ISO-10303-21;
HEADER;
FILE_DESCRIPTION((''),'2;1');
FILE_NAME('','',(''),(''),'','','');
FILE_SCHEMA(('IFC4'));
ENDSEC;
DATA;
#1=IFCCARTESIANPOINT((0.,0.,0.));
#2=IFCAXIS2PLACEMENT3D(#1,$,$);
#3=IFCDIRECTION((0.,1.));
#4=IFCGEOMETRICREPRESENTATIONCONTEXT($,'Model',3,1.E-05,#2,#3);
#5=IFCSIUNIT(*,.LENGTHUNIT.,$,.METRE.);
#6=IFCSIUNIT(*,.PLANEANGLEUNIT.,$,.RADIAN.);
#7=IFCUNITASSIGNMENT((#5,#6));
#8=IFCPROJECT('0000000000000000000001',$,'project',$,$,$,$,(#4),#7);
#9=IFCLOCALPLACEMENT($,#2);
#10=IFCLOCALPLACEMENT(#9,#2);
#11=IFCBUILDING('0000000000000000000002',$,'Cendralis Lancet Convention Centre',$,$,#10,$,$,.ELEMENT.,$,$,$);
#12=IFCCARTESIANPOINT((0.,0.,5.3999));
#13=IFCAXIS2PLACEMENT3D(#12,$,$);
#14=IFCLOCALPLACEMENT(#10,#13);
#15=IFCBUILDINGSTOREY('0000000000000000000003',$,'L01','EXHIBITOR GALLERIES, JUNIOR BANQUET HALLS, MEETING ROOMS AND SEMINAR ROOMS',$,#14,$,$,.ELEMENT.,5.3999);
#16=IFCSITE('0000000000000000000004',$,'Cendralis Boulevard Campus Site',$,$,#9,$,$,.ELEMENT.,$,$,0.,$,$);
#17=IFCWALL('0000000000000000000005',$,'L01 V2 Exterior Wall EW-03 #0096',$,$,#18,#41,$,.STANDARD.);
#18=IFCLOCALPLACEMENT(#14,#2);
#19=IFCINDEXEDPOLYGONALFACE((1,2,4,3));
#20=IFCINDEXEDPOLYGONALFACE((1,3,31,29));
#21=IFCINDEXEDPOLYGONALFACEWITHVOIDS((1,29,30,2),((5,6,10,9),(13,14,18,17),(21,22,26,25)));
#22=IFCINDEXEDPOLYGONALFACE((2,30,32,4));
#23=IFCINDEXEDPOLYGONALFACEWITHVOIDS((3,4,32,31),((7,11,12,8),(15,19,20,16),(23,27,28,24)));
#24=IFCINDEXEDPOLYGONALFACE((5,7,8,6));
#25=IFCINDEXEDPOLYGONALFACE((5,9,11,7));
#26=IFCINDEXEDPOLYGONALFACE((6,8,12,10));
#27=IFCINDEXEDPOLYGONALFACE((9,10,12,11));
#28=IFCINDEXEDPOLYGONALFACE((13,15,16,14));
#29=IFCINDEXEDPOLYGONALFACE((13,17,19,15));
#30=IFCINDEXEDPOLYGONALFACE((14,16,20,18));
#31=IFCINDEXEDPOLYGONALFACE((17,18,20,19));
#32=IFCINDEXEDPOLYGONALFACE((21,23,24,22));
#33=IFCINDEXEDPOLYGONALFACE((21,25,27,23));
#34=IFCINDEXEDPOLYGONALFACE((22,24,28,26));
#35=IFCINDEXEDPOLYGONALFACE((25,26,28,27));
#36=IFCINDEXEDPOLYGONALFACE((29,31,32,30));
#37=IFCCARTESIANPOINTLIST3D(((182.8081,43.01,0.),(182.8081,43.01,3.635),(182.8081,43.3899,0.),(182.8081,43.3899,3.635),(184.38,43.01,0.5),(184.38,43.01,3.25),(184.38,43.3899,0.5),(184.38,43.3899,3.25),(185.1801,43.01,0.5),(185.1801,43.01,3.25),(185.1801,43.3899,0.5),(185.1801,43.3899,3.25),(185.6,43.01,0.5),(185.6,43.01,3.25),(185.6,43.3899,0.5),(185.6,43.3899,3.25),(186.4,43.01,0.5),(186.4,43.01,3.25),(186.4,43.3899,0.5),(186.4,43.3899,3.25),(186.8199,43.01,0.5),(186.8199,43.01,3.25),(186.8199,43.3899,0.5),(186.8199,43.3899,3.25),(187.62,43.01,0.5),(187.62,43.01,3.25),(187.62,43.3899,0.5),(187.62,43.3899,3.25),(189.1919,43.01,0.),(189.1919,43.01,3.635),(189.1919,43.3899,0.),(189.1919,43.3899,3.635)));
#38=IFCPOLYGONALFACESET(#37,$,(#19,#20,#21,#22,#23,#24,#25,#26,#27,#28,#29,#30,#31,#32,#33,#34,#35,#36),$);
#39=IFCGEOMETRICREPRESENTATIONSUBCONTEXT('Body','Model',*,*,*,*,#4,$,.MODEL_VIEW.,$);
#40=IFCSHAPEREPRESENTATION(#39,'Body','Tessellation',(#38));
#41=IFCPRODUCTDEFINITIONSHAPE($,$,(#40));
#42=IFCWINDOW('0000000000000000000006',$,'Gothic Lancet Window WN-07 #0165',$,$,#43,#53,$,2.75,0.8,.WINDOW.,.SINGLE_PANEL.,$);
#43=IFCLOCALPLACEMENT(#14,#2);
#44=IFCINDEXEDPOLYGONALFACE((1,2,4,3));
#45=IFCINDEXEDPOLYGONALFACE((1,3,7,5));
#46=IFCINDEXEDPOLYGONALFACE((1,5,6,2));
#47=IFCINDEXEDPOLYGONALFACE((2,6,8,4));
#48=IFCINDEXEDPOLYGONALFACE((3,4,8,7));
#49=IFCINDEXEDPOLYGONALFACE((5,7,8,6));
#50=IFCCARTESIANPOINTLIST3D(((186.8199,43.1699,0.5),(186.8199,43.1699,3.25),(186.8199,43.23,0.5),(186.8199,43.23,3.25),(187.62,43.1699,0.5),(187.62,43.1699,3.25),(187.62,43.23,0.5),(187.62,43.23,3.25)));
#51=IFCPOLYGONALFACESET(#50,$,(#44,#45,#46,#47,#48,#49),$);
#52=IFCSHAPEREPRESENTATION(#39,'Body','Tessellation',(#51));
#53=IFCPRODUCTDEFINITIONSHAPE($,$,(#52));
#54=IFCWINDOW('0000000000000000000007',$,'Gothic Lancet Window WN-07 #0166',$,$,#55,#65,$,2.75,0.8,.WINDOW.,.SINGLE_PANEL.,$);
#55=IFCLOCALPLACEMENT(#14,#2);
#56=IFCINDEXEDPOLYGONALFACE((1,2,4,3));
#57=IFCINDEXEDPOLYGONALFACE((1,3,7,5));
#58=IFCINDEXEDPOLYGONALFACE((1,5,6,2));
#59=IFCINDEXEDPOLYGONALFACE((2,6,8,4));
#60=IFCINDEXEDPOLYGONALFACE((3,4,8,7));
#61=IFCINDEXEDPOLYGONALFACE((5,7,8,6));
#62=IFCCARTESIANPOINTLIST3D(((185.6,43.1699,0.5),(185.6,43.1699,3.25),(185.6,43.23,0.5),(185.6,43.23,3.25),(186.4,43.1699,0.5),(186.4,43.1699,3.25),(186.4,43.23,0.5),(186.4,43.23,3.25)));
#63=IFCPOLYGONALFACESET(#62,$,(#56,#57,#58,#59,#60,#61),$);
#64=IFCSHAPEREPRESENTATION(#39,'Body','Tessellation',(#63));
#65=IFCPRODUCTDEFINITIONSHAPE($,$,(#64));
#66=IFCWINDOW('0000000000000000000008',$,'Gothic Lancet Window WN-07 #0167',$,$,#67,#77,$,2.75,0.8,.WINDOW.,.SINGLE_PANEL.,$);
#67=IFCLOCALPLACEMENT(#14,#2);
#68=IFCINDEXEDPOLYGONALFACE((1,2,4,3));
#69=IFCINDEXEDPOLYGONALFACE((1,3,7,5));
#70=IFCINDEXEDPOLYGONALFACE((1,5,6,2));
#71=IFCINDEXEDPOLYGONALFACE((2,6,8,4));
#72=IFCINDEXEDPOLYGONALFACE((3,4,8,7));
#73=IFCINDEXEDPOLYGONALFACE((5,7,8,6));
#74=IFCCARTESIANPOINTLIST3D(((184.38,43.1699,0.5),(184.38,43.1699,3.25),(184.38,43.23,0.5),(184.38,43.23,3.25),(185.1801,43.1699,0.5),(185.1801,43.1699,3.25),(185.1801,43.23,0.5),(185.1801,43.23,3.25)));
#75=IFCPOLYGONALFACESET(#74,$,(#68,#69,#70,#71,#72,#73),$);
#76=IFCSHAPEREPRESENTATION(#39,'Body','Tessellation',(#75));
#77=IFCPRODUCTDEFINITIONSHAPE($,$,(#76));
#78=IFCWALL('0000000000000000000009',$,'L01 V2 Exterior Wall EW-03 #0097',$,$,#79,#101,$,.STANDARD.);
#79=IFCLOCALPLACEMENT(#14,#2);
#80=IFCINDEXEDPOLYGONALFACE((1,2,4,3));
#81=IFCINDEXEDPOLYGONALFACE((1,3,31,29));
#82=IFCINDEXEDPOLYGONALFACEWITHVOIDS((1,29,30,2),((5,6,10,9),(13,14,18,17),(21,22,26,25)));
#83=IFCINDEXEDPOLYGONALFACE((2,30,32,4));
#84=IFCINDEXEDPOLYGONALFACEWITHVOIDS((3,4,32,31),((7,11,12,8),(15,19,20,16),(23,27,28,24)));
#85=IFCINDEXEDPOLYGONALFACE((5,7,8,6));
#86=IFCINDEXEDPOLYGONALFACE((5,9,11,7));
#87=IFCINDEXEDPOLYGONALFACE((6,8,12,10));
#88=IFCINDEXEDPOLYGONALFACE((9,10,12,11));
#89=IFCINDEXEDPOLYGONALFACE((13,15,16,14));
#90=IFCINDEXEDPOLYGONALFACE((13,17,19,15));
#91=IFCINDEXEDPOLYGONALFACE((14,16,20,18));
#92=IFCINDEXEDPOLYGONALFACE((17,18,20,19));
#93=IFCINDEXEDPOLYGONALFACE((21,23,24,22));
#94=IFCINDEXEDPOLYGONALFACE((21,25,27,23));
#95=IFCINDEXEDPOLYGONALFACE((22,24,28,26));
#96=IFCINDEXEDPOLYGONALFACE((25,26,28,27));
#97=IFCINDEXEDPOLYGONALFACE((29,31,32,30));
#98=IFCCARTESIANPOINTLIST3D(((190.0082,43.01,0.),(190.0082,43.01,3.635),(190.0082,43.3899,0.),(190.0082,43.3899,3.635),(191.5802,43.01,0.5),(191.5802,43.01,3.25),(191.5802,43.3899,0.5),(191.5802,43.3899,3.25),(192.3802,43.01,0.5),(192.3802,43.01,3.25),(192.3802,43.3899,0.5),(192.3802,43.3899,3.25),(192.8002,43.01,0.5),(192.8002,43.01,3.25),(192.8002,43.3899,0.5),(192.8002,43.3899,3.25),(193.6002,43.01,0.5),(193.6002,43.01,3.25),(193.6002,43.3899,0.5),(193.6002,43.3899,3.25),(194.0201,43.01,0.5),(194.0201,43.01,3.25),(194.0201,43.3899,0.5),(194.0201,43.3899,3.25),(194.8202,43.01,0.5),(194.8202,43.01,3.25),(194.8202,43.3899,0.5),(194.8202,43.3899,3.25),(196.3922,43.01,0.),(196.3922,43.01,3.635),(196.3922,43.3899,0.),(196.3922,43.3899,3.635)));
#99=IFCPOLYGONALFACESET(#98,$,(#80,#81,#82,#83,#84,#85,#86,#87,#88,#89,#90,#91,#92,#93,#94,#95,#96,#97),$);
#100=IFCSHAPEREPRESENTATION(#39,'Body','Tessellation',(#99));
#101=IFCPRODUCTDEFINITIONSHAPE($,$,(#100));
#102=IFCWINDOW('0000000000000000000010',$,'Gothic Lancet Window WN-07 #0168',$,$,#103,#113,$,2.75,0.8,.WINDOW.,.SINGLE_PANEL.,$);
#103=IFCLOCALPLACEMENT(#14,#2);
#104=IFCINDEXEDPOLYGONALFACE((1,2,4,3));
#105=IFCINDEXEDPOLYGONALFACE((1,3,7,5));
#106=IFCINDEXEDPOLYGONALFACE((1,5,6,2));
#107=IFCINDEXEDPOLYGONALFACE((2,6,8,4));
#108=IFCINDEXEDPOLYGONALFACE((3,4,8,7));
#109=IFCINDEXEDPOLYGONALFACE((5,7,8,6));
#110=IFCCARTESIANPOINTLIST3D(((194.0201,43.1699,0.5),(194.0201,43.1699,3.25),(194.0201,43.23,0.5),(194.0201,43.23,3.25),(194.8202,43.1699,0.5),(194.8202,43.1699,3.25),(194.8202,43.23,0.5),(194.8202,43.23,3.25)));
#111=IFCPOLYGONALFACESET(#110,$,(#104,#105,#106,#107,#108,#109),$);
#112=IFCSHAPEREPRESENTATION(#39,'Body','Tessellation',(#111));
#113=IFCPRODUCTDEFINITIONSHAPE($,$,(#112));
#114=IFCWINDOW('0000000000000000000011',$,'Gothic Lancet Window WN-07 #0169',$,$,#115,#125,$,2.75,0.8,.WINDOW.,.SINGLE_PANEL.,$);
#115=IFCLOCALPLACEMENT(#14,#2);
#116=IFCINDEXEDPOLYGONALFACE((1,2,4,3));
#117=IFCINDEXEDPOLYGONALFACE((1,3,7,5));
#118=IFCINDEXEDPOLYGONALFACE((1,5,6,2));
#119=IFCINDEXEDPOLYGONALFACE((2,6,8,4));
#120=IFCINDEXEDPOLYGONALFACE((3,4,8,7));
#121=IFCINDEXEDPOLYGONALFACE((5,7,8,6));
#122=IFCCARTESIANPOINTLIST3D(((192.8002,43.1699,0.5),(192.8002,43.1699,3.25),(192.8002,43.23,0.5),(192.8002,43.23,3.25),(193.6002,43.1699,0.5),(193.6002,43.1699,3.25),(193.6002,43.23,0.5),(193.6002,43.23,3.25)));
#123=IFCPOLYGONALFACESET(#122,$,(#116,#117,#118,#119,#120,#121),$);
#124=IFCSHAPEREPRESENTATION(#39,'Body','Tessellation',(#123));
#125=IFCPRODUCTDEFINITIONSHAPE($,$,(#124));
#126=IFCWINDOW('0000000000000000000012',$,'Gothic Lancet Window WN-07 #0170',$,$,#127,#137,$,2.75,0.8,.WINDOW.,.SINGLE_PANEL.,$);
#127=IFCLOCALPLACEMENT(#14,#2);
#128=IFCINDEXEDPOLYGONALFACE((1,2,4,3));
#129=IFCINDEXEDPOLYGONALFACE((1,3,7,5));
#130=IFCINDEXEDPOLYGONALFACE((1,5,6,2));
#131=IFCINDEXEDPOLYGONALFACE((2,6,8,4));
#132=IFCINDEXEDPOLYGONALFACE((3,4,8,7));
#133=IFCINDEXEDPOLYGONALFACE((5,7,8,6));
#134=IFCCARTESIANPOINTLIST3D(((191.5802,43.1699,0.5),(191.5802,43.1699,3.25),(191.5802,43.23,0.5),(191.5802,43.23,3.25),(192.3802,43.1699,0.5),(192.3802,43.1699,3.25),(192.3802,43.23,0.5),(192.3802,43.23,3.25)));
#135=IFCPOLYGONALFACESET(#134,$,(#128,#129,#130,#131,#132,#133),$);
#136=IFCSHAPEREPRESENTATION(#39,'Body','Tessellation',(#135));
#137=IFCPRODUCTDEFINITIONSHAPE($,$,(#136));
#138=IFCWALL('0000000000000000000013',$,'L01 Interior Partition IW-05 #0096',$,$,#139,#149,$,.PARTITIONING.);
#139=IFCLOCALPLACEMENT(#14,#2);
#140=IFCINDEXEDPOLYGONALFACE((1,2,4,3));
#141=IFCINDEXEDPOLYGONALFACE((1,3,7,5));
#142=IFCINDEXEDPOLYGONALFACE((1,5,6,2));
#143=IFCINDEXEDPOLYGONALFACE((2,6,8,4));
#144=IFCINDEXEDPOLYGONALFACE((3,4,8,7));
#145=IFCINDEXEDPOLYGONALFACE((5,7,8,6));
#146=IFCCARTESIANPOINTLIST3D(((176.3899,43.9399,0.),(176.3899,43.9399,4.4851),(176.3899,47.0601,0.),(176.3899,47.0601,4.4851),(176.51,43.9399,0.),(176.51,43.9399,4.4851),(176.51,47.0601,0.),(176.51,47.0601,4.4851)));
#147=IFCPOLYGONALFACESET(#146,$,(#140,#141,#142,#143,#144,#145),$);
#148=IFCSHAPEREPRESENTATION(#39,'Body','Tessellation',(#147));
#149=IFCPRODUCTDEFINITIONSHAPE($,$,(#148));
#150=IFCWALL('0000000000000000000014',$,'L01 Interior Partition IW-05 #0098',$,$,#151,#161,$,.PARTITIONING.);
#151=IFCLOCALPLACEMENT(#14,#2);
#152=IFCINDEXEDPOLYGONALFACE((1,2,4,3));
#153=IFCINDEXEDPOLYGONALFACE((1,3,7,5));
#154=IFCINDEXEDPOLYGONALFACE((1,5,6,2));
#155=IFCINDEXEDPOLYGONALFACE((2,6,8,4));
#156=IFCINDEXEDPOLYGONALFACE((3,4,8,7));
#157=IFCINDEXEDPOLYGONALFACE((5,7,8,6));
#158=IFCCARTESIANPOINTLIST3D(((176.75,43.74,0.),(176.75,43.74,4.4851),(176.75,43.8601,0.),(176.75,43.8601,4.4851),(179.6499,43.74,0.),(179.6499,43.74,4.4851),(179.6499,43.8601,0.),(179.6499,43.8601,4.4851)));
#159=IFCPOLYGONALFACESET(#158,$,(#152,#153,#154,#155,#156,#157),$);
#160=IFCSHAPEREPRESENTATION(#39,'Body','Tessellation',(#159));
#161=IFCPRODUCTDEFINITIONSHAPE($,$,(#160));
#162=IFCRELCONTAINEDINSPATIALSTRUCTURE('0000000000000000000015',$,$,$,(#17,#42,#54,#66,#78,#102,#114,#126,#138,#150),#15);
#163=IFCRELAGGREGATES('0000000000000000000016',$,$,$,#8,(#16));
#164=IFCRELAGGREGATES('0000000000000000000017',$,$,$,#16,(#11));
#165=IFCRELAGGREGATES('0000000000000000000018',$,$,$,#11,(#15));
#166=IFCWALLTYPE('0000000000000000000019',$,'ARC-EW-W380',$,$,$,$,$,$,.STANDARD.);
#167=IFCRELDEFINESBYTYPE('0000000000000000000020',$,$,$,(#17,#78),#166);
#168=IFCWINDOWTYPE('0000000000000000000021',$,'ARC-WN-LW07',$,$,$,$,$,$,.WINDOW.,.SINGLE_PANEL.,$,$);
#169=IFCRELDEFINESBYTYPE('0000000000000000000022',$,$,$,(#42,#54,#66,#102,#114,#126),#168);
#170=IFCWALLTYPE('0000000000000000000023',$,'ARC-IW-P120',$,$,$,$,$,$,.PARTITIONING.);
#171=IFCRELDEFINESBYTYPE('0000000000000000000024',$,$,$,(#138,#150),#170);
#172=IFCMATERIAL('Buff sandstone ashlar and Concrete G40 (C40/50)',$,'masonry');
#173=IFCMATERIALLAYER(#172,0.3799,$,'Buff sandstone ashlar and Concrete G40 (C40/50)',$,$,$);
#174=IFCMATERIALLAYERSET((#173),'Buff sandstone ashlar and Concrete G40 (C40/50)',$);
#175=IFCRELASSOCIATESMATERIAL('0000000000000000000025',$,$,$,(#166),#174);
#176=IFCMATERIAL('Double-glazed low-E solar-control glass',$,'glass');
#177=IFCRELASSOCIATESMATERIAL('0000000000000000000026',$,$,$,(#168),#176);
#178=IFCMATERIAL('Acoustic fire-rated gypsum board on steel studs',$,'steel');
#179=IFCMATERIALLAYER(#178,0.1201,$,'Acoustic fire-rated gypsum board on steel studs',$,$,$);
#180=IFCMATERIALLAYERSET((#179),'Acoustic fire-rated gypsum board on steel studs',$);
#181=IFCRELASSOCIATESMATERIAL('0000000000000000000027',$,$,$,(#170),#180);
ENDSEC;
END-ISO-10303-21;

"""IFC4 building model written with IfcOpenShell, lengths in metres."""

from ifc_helpers import new_model, si_unit, direction, frame, frame_2d, origin, place, context, subcontext, project, spatial, rectangle, extrude, material, layer, layer_set, type_object, element, fill, save


model = new_model("IFC4")

# Units and contexts
model_context = context("Model", 3, precision=1e-05, world=origin(), true_north=direction((0.0, 1.0)))
body_context = subcontext(model_context, "Body", "Model", "MODEL_VIEW")
ifc_project = project(units=[si_unit("LENGTHUNIT", "METRE"), si_unit("PLANEANGLEUNIT", "RADIAN")], contexts=[model_context])

# Site, building, storey
site_placement = place(None, origin())
site = spatial("IfcSite", under=ifc_project, at=site_placement, Name="Cendralis Boulevard Campus Site", CompositionType="ELEMENT", RefElevation=0.0)
building_placement = place(site_placement, origin())
building = spatial("IfcBuilding", under=site, at=building_placement, Name="Cendralis Lancet Convention Centre", CompositionType="ELEMENT")
storey_placement = place(building_placement, frame((0.0, 0.0, 5.3999)))
storey = spatial("IfcBuildingStorey", under=building, at=storey_placement, Name="L01", Description="EXHIBITOR GALLERIES, JUNIOR BANQUET HALLS, MEETING ROOMS AND SEMINAR ROOMS", CompositionType="ELEMENT", Elevation=5.3999)

# Walls, openings, windows
ifc_material_1 = material(Name="Buff sandstone ashlar and Concrete G40 (C40/50)", Category="masonry")
ifc_layer_1 = layer(ifc_material_1, 0.3799, Name="Buff sandstone ashlar and Concrete G40 (C40/50)")
ifc_layer_set_1 = layer_set([ifc_layer_1], Name="Buff sandstone ashlar and Concrete G40 (C40/50)")
wall_type_1 = type_object("IfcWallType", Name="ARC-EW-W380", PredefinedType="STANDARD", material=ifc_layer_set_1)
ifc_material_2 = material(Name="Double-glazed low-E solar-control glass", Category="glass")
window_type = type_object("IfcWindowType", Name="ARC-WN-LW07", PartitioningType="SINGLE_PANEL", PredefinedType="WINDOW", material=ifc_material_2)
wall_1_placement = place(storey_placement, frame((189.1919, 43.2, 0.0), z_axis=(0.0, 0.0, 1.0), x_axis=(-1.0, 0.0, 0.0)))
wall_1 = element("IfcWall", 1, at=wall_1_placement, inside=storey, type_object=wall_type_1, Name="L01 V2 Exterior Wall EW-03 #0096", PredefinedType="STANDARD", context=body_context, shape_type="SweptSolid", body=[
    extrude(rectangle(XDim=6.3838, YDim=0.3799, at=frame_2d((3.1919, 0.0))), origin(), (0.0, 0.0, 1.0), 3.635),
])
opening_1_placement = place(wall_1_placement, frame((1.572, 0.0, 0.5)))
opening_1 = element("IfcOpeningElement", 2, at=opening_1_placement, cuts=wall_1, PredefinedType="OPENING", context=body_context, shape_type="SweptSolid", body=[
    extrude(rectangle(XDim=0.8, YDim=2.75, at=frame_2d((0.3999, 1.375))), frame((0.0, 0.2, 0.0), z_axis=(0.0, -1.0, 0.0), x_axis=(1.0, 0.0, 0.0)), (0.0, 0.0, 1.0), 0.3999),
])
opening_2_placement = place(wall_1_placement, frame((2.792, 0.0, 0.5)))
opening_2 = element("IfcOpeningElement", 3, at=opening_2_placement, cuts=wall_1, PredefinedType="OPENING", context=body_context, shape_type="SweptSolid", body=[
    extrude(rectangle(XDim=0.8, YDim=2.75, at=frame_2d((0.3999, 1.375))), frame((0.0, 0.2, 0.0), z_axis=(0.0, -1.0, 0.0), x_axis=(1.0, 0.0, 0.0)), (0.0, 0.0, 1.0), 0.3999),
])
opening_3_placement = place(wall_1_placement, frame((4.012, 0.0, 0.5)))
opening_3 = element("IfcOpeningElement", 4, at=opening_3_placement, cuts=wall_1, PredefinedType="OPENING", context=body_context, shape_type="SweptSolid", body=[
    extrude(rectangle(XDim=0.8, YDim=2.75, at=frame_2d((0.3999, 1.375))), frame((0.0, 0.2, 0.0), z_axis=(0.0, -1.0, 0.0), x_axis=(1.0, 0.0, 0.0)), (0.0, 0.0, 1.0), 0.3999),
])
window_1_placement = place(opening_1_placement, origin())
window_1 = element("IfcWindow", 5, at=window_1_placement, inside=storey, type_object=window_type, Name="Gothic Lancet Window WN-07 #0165", OverallHeight=2.75, OverallWidth=0.8, PartitioningType="SINGLE_PANEL", PredefinedType="WINDOW", context=body_context, shape_type="SweptSolid", body=[
    extrude(rectangle(XDim=0.8, YDim=2.75, at=frame_2d((0.3999, 1.375))), frame((0.0, 0.03, 0.0), z_axis=(0.0, -1.0, 0.0), x_axis=(1.0, 0.0, 0.0)), (0.0, 0.0, 1.0), 0.0601),
])
fill(opening_1, window_1)
window_2_placement = place(opening_2_placement, origin())
window_2 = element("IfcWindow", 6, at=window_2_placement, inside=storey, type_object=window_type, Name="Gothic Lancet Window WN-07 #0166", OverallHeight=2.75, OverallWidth=0.8, PartitioningType="SINGLE_PANEL", PredefinedType="WINDOW", context=body_context, shape_type="SweptSolid", body=[
    extrude(rectangle(XDim=0.8, YDim=2.75, at=frame_2d((0.3999, 1.375))), frame((0.0, 0.03, 0.0), z_axis=(0.0, -1.0, 0.0), x_axis=(1.0, 0.0, 0.0)), (0.0, 0.0, 1.0), 0.0601),
])
fill(opening_2, window_2)
window_3_placement = place(opening_3_placement, origin())
window_3 = element("IfcWindow", 7, at=window_3_placement, inside=storey, type_object=window_type, Name="Gothic Lancet Window WN-07 #0167", OverallHeight=2.75, OverallWidth=0.8, PartitioningType="SINGLE_PANEL", PredefinedType="WINDOW", context=body_context, shape_type="SweptSolid", body=[
    extrude(rectangle(XDim=0.8, YDim=2.75, at=frame_2d((0.3999, 1.375))), frame((0.0, 0.03, 0.0), z_axis=(0.0, -1.0, 0.0), x_axis=(1.0, 0.0, 0.0)), (0.0, 0.0, 1.0), 0.0601),
])
fill(opening_3, window_3)
wall_2_placement = place(storey_placement, frame((196.3921, 43.2, 0.0), z_axis=(0.0, 0.0, 1.0), x_axis=(-1.0, 0.0, 0.0)))
wall_2 = element("IfcWall", 8, at=wall_2_placement, inside=storey, type_object=wall_type_1, Name="L01 V2 Exterior Wall EW-03 #0097", PredefinedType="STANDARD", context=body_context, shape_type="SweptSolid", body=[
    extrude(rectangle(XDim=6.384, YDim=0.3799, at=frame_2d((3.1919, 0.0))), origin(), (0.0, 0.0, 1.0), 3.635),
])
opening_4_placement = place(wall_2_placement, frame((1.572, 0.0, 0.5)))
opening_4 = element("IfcOpeningElement", 9, at=opening_4_placement, cuts=wall_2, PredefinedType="OPENING", context=body_context, shape_type="SweptSolid", body=[
    extrude(rectangle(XDim=0.8, YDim=2.75, at=frame_2d((0.3999, 1.375))), frame((0.0, 0.2, 0.0), z_axis=(0.0, -1.0, 0.0), x_axis=(1.0, 0.0, 0.0)), (0.0, 0.0, 1.0), 0.3999),
])
opening_5_placement = place(wall_2_placement, frame((2.792, 0.0, 0.5)))
opening_5 = element("IfcOpeningElement", 10, at=opening_5_placement, cuts=wall_2, PredefinedType="OPENING", context=body_context, shape_type="SweptSolid", body=[
    extrude(rectangle(XDim=0.8, YDim=2.75, at=frame_2d((0.3999, 1.375))), frame((0.0, 0.2, 0.0), z_axis=(0.0, -1.0, 0.0), x_axis=(1.0, 0.0, 0.0)), (0.0, 0.0, 1.0), 0.3999),
])
opening_6_placement = place(wall_2_placement, frame((4.012, 0.0, 0.5)))
opening_6 = element("IfcOpeningElement", 11, at=opening_6_placement, cuts=wall_2, PredefinedType="OPENING", context=body_context, shape_type="SweptSolid", body=[
    extrude(rectangle(XDim=0.8, YDim=2.75, at=frame_2d((0.3999, 1.375))), frame((0.0, 0.2, 0.0), z_axis=(0.0, -1.0, 0.0), x_axis=(1.0, 0.0, 0.0)), (0.0, 0.0, 1.0), 0.3999),
])
window_4_placement = place(opening_4_placement, origin())
window_4 = element("IfcWindow", 12, at=window_4_placement, inside=storey, type_object=window_type, Name="Gothic Lancet Window WN-07 #0168", OverallHeight=2.75, OverallWidth=0.8, PartitioningType="SINGLE_PANEL", PredefinedType="WINDOW", context=body_context, shape_type="SweptSolid", body=[
    extrude(rectangle(XDim=0.8, YDim=2.75, at=frame_2d((0.3999, 1.375))), frame((0.0, 0.03, 0.0), z_axis=(0.0, -1.0, 0.0), x_axis=(1.0, 0.0, 0.0)), (0.0, 0.0, 1.0), 0.0601),
])
fill(opening_4, window_4)
window_5_placement = place(opening_5_placement, origin())
window_5 = element("IfcWindow", 13, at=window_5_placement, inside=storey, type_object=window_type, Name="Gothic Lancet Window WN-07 #0169", OverallHeight=2.75, OverallWidth=0.8, PartitioningType="SINGLE_PANEL", PredefinedType="WINDOW", context=body_context, shape_type="SweptSolid", body=[
    extrude(rectangle(XDim=0.8, YDim=2.75, at=frame_2d((0.3999, 1.375))), frame((0.0, 0.03, 0.0), z_axis=(0.0, -1.0, 0.0), x_axis=(1.0, 0.0, 0.0)), (0.0, 0.0, 1.0), 0.0601),
])
fill(opening_5, window_5)
window_6_placement = place(opening_6_placement, origin())
window_6 = element("IfcWindow", 14, at=window_6_placement, inside=storey, type_object=window_type, Name="Gothic Lancet Window WN-07 #0170", OverallHeight=2.75, OverallWidth=0.8, PartitioningType="SINGLE_PANEL", PredefinedType="WINDOW", context=body_context, shape_type="SweptSolid", body=[
    extrude(rectangle(XDim=0.8, YDim=2.75, at=frame_2d((0.3999, 1.375))), frame((0.0, 0.03, 0.0), z_axis=(0.0, -1.0, 0.0), x_axis=(1.0, 0.0, 0.0)), (0.0, 0.0, 1.0), 0.0601),
])
fill(opening_6, window_6)

# Wall
ifc_material_3 = material(Name="Acoustic fire-rated gypsum board on steel studs", Category="steel")
ifc_layer_2 = layer(ifc_material_3, 0.1201, Name="Acoustic fire-rated gypsum board on steel studs")
ifc_layer_set_2 = layer_set([ifc_layer_2], Name="Acoustic fire-rated gypsum board on steel studs")
wall_type_2 = type_object("IfcWallType", Name="ARC-IW-P120", PredefinedType="PARTITIONING", material=ifc_layer_set_2)
wall_3_placement = place(storey_placement, frame((176.45, 43.9399, 0.0), z_axis=(0.0, 0.0, 1.0), x_axis=(0.0, 1.0, 0.0)))
element("IfcWall", 15, at=wall_3_placement, inside=storey, type_object=wall_type_2, Name="L01 Interior Partition IW-05 #0096", PredefinedType="PARTITIONING", context=body_context, shape_type="SweptSolid", body=[
    extrude(rectangle(XDim=3.1201, YDim=0.1201, at=frame_2d((1.5601, 0.0))), origin(), (0.0, 0.0, 1.0), 4.4851),
])

# Wall
wall_4_placement = place(storey_placement, frame((176.75, 43.8, 0.0), z_axis=(0.0, 0.0, 1.0), x_axis=(1.0, 0.0, 0.0)))
element("IfcWall", 16, at=wall_4_placement, inside=storey, type_object=wall_type_2, Name="L01 Interior Partition IW-05 #0098", PredefinedType="PARTITIONING", context=body_context, shape_type="SweptSolid", body=[
    extrude(rectangle(XDim=2.8999, YDim=0.1201, at=frame_2d((1.45, 0.0))), origin(), (0.0, 0.0, 1.0), 4.4851),
])

save(model, "model.ifc")
